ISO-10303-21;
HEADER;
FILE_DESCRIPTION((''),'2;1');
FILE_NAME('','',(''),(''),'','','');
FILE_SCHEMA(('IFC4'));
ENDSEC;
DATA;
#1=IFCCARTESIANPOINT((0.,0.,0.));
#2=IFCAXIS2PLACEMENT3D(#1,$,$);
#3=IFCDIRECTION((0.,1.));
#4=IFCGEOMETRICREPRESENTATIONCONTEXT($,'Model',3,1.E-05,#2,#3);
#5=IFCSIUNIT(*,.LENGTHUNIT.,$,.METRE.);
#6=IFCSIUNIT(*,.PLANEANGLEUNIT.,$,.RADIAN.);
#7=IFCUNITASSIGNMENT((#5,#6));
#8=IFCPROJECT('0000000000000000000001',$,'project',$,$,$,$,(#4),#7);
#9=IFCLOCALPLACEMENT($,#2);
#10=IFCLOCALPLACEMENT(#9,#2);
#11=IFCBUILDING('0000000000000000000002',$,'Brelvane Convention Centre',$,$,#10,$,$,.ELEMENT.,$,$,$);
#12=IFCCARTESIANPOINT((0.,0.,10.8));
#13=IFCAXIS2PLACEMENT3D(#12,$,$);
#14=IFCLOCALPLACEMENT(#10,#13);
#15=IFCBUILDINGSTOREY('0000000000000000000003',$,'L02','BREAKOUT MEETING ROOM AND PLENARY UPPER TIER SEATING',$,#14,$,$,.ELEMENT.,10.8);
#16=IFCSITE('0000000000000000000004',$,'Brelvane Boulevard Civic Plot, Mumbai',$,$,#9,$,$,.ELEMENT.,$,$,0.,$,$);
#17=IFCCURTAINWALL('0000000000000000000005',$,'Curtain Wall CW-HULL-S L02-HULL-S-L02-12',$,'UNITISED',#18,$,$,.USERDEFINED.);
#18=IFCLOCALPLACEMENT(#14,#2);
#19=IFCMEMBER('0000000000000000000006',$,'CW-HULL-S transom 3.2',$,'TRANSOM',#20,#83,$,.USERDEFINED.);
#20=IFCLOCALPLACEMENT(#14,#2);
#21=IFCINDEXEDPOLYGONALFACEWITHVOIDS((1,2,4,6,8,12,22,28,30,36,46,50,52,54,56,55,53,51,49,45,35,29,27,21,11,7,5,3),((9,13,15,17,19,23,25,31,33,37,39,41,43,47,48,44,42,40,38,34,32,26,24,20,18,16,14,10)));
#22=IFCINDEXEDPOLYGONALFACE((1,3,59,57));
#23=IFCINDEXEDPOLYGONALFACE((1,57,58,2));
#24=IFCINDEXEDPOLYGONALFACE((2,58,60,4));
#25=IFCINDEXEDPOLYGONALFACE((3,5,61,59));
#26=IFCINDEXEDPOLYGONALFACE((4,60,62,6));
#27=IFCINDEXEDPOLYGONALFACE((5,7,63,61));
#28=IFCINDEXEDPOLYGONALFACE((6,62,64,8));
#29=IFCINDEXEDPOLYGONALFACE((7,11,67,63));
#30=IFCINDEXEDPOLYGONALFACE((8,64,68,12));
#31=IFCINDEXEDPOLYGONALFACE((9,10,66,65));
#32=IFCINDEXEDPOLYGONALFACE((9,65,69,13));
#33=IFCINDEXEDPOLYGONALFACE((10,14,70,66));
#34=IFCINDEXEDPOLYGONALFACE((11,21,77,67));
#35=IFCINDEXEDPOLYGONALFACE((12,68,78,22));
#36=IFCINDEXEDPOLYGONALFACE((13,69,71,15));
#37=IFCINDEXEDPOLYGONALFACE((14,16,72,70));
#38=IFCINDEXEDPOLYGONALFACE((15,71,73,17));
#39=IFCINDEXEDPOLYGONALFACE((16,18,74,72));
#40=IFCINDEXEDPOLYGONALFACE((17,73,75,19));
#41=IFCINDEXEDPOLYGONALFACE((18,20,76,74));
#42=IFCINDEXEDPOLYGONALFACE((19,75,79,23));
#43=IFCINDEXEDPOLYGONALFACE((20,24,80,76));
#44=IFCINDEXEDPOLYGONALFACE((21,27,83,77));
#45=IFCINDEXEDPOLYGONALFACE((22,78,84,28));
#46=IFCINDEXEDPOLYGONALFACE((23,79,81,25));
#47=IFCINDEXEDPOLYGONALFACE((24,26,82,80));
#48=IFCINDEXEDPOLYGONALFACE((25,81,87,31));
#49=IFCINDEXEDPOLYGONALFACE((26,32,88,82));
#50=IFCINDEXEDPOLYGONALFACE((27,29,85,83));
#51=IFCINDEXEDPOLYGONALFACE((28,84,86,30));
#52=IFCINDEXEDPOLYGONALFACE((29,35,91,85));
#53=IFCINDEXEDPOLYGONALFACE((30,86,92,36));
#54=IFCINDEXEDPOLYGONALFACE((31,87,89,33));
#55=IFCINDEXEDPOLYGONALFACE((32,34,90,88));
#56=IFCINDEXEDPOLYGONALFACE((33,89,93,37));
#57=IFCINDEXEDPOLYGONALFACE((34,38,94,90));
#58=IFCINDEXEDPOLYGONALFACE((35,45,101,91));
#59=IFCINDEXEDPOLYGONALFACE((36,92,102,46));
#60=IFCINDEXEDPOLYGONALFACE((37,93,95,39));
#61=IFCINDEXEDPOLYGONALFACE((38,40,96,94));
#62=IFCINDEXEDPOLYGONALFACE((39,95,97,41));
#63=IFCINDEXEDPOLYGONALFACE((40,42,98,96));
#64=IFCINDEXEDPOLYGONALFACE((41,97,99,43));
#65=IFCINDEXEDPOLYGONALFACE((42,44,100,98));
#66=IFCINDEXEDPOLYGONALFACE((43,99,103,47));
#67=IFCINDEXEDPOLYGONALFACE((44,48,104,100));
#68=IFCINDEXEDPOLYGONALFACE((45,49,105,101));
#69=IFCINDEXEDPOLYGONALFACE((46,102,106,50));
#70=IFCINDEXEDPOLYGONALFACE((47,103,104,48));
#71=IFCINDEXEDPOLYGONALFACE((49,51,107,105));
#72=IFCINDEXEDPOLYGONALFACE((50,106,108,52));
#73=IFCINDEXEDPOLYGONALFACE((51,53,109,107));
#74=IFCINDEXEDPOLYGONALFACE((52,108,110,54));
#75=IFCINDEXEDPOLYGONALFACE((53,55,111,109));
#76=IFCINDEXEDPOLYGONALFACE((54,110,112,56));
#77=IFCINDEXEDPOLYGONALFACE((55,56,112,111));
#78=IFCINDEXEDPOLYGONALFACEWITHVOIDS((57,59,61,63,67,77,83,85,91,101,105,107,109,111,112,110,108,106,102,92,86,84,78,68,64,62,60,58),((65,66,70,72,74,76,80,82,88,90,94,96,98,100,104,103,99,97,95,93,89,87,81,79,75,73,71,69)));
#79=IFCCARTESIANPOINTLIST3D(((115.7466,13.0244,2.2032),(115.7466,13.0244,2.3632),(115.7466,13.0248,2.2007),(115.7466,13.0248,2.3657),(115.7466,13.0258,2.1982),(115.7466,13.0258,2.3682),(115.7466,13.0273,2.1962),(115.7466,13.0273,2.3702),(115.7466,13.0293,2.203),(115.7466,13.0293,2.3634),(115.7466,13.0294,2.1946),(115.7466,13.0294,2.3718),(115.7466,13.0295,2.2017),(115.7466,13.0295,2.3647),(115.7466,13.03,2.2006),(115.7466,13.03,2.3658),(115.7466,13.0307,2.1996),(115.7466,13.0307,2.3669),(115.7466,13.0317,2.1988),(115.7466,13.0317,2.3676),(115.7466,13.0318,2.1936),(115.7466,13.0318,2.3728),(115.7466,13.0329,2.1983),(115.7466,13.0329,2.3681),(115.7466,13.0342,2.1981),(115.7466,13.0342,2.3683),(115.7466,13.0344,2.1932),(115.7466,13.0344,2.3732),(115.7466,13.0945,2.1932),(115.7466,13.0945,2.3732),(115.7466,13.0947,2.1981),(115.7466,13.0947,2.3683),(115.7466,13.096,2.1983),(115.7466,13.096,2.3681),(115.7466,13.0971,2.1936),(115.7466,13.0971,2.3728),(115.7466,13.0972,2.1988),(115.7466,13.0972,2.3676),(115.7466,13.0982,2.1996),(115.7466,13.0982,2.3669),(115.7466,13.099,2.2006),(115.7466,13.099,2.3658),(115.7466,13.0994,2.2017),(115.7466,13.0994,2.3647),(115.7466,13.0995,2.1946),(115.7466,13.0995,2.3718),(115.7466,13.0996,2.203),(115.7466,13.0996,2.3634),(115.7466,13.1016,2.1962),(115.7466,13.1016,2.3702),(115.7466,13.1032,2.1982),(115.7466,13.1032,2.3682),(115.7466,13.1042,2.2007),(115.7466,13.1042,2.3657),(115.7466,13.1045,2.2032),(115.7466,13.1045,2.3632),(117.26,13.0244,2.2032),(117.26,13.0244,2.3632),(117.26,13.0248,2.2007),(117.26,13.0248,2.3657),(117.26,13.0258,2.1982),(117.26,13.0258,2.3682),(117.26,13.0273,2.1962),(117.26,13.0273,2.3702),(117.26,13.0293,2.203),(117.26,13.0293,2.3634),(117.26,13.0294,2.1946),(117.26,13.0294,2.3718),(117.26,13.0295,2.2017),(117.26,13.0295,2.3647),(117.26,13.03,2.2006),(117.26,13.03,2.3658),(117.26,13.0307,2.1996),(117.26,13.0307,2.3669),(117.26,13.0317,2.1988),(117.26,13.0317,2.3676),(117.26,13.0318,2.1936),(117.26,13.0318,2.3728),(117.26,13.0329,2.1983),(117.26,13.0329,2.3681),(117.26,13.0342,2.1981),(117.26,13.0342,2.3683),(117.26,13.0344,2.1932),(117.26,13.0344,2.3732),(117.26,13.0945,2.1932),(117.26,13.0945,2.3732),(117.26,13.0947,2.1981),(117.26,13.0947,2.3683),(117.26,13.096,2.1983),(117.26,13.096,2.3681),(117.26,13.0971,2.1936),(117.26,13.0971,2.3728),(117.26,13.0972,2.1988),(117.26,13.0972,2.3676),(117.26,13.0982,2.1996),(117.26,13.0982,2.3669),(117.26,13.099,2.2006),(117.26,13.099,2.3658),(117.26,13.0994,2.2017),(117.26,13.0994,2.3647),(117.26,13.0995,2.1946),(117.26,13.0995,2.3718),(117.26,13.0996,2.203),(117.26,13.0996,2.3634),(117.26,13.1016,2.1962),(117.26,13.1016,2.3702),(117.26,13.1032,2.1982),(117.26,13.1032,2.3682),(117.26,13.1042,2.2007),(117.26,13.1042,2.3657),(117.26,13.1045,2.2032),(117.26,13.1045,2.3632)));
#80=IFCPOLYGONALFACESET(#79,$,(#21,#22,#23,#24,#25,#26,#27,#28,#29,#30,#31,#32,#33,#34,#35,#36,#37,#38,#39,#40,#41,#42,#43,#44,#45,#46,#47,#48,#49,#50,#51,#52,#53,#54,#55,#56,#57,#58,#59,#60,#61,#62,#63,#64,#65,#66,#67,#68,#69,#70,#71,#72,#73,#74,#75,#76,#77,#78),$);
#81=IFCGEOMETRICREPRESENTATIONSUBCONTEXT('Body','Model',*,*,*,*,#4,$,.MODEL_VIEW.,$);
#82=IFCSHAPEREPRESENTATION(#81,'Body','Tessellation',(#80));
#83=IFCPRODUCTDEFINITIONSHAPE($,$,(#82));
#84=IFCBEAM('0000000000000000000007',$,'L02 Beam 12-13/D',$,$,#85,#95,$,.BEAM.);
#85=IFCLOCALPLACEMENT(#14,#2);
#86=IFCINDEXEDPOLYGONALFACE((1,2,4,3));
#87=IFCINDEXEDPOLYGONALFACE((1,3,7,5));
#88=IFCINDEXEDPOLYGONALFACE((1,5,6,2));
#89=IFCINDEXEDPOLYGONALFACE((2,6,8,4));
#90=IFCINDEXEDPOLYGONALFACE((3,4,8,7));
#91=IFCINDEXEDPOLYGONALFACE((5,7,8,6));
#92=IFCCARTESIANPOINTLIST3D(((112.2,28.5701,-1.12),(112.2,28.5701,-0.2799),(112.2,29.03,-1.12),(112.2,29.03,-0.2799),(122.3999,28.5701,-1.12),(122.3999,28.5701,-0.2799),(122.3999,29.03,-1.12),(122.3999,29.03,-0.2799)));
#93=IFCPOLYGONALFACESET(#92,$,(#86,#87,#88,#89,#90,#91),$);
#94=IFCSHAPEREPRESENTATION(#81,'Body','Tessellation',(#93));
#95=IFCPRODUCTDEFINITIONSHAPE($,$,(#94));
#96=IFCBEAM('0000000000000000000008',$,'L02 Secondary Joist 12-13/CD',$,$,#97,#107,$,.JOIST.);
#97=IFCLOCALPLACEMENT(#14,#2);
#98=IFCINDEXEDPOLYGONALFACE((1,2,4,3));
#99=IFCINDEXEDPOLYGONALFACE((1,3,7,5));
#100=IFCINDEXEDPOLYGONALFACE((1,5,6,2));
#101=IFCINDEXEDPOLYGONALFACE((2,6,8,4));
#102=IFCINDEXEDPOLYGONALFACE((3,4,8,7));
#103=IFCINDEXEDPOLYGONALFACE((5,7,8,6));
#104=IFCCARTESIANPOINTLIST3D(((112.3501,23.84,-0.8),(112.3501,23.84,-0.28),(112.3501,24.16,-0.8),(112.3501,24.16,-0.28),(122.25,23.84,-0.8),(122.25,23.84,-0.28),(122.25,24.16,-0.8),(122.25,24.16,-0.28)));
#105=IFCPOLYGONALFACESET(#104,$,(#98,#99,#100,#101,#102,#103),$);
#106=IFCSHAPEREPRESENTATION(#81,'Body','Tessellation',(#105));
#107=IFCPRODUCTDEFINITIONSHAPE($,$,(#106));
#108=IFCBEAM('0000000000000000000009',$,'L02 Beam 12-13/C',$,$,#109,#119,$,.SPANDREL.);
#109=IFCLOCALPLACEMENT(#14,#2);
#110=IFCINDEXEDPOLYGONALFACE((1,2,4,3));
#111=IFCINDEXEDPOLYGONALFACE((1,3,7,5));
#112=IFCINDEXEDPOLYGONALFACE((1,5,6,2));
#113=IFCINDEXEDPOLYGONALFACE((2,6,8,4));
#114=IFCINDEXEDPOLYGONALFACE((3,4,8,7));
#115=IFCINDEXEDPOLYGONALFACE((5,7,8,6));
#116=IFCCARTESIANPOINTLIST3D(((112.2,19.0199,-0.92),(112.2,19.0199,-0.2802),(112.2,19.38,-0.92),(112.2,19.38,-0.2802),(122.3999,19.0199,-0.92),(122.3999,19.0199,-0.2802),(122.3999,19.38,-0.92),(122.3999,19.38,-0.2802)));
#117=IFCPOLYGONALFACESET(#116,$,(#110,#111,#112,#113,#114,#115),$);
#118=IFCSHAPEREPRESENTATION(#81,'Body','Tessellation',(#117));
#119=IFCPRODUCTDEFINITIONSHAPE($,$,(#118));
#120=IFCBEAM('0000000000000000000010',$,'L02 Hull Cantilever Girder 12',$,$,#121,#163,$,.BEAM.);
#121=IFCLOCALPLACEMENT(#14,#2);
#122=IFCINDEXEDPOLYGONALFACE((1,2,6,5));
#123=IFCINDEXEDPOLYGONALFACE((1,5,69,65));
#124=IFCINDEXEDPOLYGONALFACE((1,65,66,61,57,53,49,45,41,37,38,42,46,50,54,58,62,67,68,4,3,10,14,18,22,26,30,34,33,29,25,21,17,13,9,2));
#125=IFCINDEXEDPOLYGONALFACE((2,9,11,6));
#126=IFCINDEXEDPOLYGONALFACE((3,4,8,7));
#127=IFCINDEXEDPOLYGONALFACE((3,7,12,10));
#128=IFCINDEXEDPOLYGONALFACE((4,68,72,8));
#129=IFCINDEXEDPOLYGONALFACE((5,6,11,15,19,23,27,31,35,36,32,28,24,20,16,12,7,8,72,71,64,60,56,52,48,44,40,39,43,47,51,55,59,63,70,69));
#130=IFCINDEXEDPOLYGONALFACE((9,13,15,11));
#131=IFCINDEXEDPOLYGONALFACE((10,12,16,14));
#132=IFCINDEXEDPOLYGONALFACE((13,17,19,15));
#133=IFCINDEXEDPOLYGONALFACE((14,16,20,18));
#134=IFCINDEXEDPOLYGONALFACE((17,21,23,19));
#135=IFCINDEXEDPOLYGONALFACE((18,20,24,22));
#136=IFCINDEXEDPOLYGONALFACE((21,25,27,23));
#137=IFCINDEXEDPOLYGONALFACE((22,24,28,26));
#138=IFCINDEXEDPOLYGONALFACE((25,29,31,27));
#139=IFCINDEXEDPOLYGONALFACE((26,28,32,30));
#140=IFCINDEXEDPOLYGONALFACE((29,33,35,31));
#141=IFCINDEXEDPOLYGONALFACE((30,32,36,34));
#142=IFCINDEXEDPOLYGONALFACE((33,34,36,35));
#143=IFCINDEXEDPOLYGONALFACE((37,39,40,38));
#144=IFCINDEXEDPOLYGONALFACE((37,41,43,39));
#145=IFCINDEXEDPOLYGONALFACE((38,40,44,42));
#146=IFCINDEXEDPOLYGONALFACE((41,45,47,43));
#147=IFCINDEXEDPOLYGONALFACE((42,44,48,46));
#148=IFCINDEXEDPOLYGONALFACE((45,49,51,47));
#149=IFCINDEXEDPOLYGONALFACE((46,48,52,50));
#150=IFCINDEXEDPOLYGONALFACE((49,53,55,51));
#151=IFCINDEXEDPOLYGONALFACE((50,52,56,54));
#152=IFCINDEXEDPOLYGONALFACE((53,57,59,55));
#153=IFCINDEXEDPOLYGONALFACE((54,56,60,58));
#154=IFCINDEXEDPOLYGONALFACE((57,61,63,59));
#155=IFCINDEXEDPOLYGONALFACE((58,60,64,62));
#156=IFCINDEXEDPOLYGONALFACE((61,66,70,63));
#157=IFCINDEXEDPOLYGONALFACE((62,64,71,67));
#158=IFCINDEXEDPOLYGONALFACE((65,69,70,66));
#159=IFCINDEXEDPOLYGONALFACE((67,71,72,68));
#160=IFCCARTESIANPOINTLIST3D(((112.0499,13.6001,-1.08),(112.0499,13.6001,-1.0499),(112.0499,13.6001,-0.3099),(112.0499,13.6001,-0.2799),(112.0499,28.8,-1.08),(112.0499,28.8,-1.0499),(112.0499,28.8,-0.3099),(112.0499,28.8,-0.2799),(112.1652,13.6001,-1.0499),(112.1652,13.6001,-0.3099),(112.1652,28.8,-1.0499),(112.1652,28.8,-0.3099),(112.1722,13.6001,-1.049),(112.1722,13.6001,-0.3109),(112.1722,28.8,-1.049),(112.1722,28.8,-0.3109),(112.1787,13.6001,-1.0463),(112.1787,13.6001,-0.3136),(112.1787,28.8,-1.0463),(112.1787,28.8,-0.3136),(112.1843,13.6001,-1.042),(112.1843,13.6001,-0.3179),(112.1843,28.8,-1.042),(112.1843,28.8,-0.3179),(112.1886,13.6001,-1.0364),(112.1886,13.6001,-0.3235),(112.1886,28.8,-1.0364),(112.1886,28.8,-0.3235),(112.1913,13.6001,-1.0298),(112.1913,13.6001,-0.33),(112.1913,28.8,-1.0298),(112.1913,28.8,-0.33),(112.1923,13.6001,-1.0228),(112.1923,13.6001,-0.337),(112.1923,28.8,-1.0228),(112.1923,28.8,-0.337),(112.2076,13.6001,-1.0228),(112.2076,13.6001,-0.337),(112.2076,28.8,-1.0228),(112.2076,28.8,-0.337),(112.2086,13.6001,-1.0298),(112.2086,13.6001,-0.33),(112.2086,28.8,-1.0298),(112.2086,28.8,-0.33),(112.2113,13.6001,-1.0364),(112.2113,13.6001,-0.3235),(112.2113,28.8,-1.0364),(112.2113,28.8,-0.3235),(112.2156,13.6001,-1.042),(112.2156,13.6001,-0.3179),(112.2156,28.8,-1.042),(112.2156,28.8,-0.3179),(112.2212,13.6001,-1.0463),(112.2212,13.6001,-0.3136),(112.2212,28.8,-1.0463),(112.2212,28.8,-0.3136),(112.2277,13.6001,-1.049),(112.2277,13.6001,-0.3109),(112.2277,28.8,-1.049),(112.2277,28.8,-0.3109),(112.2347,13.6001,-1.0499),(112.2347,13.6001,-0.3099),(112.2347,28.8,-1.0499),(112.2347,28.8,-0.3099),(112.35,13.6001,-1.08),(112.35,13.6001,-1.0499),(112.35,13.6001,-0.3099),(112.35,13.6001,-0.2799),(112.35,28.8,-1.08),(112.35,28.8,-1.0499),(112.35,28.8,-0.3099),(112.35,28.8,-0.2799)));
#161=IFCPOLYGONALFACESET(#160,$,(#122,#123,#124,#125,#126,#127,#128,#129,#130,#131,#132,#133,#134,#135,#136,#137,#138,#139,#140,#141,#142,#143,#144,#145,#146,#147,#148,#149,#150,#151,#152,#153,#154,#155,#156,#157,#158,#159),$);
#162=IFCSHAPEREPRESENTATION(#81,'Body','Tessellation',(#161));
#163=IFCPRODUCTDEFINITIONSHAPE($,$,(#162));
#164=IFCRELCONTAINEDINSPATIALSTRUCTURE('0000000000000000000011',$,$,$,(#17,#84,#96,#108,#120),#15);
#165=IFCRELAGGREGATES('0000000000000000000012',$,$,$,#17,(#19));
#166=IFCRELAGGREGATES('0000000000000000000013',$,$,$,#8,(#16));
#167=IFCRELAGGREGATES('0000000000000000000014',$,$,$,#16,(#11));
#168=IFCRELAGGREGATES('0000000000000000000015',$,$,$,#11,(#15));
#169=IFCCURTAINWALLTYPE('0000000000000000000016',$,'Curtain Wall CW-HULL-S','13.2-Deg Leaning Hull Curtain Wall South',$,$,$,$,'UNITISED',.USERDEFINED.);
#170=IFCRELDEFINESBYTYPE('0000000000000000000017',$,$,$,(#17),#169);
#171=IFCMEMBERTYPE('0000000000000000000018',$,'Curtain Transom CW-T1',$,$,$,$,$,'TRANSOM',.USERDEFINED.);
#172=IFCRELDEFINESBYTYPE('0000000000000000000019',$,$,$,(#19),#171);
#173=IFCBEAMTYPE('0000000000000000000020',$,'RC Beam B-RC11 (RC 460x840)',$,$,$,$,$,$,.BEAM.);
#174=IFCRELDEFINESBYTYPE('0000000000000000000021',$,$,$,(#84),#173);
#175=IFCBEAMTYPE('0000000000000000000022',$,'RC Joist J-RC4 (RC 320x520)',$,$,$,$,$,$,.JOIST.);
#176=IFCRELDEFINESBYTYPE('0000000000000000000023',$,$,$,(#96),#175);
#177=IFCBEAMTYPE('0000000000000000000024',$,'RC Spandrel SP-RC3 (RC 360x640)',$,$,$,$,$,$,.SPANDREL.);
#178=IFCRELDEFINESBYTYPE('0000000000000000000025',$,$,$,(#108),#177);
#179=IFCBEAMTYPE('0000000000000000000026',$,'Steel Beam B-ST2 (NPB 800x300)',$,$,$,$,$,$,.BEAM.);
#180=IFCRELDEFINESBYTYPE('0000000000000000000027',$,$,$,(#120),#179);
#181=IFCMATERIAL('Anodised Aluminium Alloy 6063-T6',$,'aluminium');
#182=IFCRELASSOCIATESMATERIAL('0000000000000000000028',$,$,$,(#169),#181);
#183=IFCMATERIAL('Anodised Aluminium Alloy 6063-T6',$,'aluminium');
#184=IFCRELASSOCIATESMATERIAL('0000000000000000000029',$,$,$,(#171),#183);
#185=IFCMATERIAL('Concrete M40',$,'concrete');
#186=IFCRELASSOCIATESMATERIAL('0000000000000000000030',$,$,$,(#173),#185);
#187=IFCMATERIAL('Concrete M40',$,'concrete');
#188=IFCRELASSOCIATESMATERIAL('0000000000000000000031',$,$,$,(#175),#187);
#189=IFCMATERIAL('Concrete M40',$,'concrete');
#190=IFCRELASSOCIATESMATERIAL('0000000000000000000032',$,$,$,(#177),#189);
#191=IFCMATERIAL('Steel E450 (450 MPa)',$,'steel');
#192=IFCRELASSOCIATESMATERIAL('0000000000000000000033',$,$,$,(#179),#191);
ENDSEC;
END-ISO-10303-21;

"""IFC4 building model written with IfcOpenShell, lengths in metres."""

from ifc_helpers import new_model, si_unit, direction, frame, origin, origin_2d, place, context, subcontext, project, spatial, rectangle, hollow_rectangle, i_section, extrude, material, material_profile, profile_set, type_object, element, aggregate, save


model = new_model("IFC4")

# Units and contexts
model_context = context("Model", 3, precision=1e-05, world=origin(), true_north=direction((0.0, 1.0)))
body_context = subcontext(model_context, "Body", "Model", "MODEL_VIEW")
ifc_project = project(units=[si_unit("LENGTHUNIT", "METRE"), si_unit("PLANEANGLEUNIT", "RADIAN")], contexts=[model_context])

# Site, building, storey
site_placement = place(None, origin())
site = spatial("IfcSite", under=ifc_project, at=site_placement, Name="Brelvane Boulevard Civic Plot, Mumbai", CompositionType="ELEMENT", RefElevation=0.0)
building_placement = place(site_placement, origin())
building = spatial("IfcBuilding", under=site, at=building_placement, Name="Brelvane Convention Centre", CompositionType="ELEMENT")
storey_placement = place(building_placement, frame((0.0, 0.0, 10.8)))
storey = spatial("IfcBuildingStorey", under=building, at=storey_placement, Name="L02", Description="BREAKOUT MEETING ROOM AND PLENARY UPPER TIER SEATING", CompositionType="ELEMENT", Elevation=10.8)

# Curtain wall
ifc_material_1 = material(Name="Anodised Aluminium Alloy 6063-T6", Category="aluminium")
curtain_wall_type = type_object("IfcCurtainWallType", Name="Curtain Wall CW-HULL-S", Description="13.2-Deg Leaning Hull Curtain Wall South", ElementType="UNITISED", PredefinedType="USERDEFINED", material=ifc_material_1)
curtain_wall_1_placement = place(storey_placement, origin())
curtain_wall_1 = element("IfcCurtainWall", 1, at=curtain_wall_1_placement, inside=storey, type_object=curtain_wall_type, Name="Curtain Wall CW-HULL-S L02-HULL-S-L02-12", ObjectType="UNITISED", PredefinedType="USERDEFINED")

# Member
ifc_material_2 = material(Name="Anodised Aluminium Alloy 6063-T6", Category="aluminium")
ifc_material_profile_1 = material_profile(ifc_material_2, hollow_rectangle(XDim=0.0801, YDim=0.1799, WallThickness=0.0049, InnerFilletRadius=0.0049, OuterFilletRadius=0.01, at=origin_2d()), Name="ALU-T 180x80x5.0")
ifc_profile_set_1 = profile_set([ifc_material_profile_1], Name="Anodised Aluminium Alloy 6063-T6")
member_type_1 = type_object("IfcMemberType", Name="Curtain Transom CW-T1", ElementType="TRANSOM", PredefinedType="USERDEFINED", material=ifc_profile_set_1)
member_1_placement = place(storey_placement, frame((115.7466, 13.0645, 2.2832), z_axis=(1.0, 0.0, 0.0), x_axis=(0.0, 1.0, 0.0)))
member_1 = element("IfcMember", 2, at=member_1_placement, type_object=member_type_1, Name="CW-HULL-S transom 3.2", ObjectType="TRANSOM", PredefinedType="USERDEFINED", context=body_context, shape_type="SweptSolid", body=[
    extrude(hollow_rectangle(XDim=0.0801, YDim=0.1799, WallThickness=0.0049, InnerFilletRadius=0.0049, OuterFilletRadius=0.01, at=origin_2d()), origin(), (0.0, 0.0, 1.0), 1.5134),
])

# Beams
ifc_material_3 = material(Name="Concrete M40", Category="concrete")
ifc_material_profile_2 = material_profile(ifc_material_3, rectangle(XDim=0.46, YDim=0.8401, at=origin_2d()), Name="RC 460x840")
ifc_profile_set_2 = profile_set([ifc_material_profile_2], Name="Concrete M40")
beam_type_1 = type_object("IfcBeamType", Name="RC Beam B-RC11 (RC 460x840)", PredefinedType="BEAM", material=ifc_profile_set_2)
beam_1_placement = place(storey_placement, frame((112.2, 28.8, -0.7), z_axis=(1.0, 0.0, 0.0), x_axis=(0.0, 1.0, 0.0)))
element("IfcBeam", 3, at=beam_1_placement, inside=storey, type_object=beam_type_1, Name="L02 Beam 12-13/D", PredefinedType="BEAM", context=body_context, shape_type="SweptSolid", body=[
    extrude(rectangle(XDim=0.46, YDim=0.8401, at=origin_2d()), origin(), (0.0, 0.0, 1.0), 10.2),
])
ifc_material_4 = material(Name="Concrete M40", Category="concrete")
ifc_material_profile_3 = material_profile(ifc_material_4, rectangle(XDim=0.3201, YDim=0.52, at=origin_2d()), Name="RC 320x520")
ifc_profile_set_3 = profile_set([ifc_material_profile_3], Name="Concrete M40")
beam_type_2 = type_object("IfcBeamType", Name="RC Joist J-RC4 (RC 320x520)", PredefinedType="JOIST", material=ifc_profile_set_3)
beam_2_placement = place(storey_placement, frame((112.3501, 24.0, -0.54), z_axis=(1.0, 0.0, 0.0), x_axis=(0.0, 1.0, 0.0)))
element("IfcBeam", 4, at=beam_2_placement, inside=storey, type_object=beam_type_2, Name="L02 Secondary Joist 12-13/CD", PredefinedType="JOIST", context=body_context, shape_type="SweptSolid", body=[
    extrude(rectangle(XDim=0.3201, YDim=0.52, at=origin_2d()), origin(), (0.0, 0.0, 1.0), 9.8999),
])
ifc_material_5 = material(Name="Concrete M40", Category="concrete")
ifc_material_profile_4 = material_profile(ifc_material_5, rectangle(XDim=0.3601, YDim=0.6399, at=origin_2d()), Name="RC 360x640")
ifc_profile_set_4 = profile_set([ifc_material_profile_4], Name="Concrete M40")
beam_type_3 = type_object("IfcBeamType", Name="RC Spandrel SP-RC3 (RC 360x640)", PredefinedType="SPANDREL", material=ifc_profile_set_4)
beam_3_placement = place(storey_placement, frame((112.2, 19.2, -0.6001), z_axis=(1.0, 0.0, 0.0), x_axis=(0.0, 1.0, 0.0)))
element("IfcBeam", 5, at=beam_3_placement, inside=storey, type_object=beam_type_3, Name="L02 Beam 12-13/C", PredefinedType="SPANDREL", context=body_context, shape_type="SweptSolid", body=[
    extrude(rectangle(XDim=0.3601, YDim=0.6399, at=origin_2d()), origin(), (0.0, 0.0, 1.0), 10.2),
])
ifc_material_6 = material(Name="Steel E450 (450 MPa)", Category="steel")
ifc_material_profile_5 = material_profile(ifc_material_6, i_section(OverallWidth=0.3, OverallDepth=0.8, WebThickness=0.0154, FlangeThickness=0.03, FilletRadius=0.0271, at=origin_2d()), Name="NPB 800x300")
ifc_profile_set_5 = profile_set([ifc_material_profile_5], Name="Steel E450 (450 MPa)")
beam_type_4 = type_object("IfcBeamType", Name="Steel Beam B-ST2 (NPB 800x300)", PredefinedType="BEAM", material=ifc_profile_set_5)
beam_4_placement = place(storey_placement, frame((112.2, 13.6001, -0.6799), z_axis=(0.0, 1.0, 0.0), x_axis=(-1.0, 0.0, 0.0)))
element("IfcBeam", 6, at=beam_4_placement, inside=storey, type_object=beam_type_4, Name="L02 Hull Cantilever Girder 12", PredefinedType="BEAM", context=body_context, shape_type="SweptSolid", body=[
    extrude(i_section(OverallWidth=0.3, OverallDepth=0.8, WebThickness=0.0154, FlangeThickness=0.03, FilletRadius=0.0271, at=origin_2d()), origin(), (0.0, 0.0, 1.0), 15.2),
])

aggregate(curtain_wall_1, [member_1])

save(model, "model.ifc")
